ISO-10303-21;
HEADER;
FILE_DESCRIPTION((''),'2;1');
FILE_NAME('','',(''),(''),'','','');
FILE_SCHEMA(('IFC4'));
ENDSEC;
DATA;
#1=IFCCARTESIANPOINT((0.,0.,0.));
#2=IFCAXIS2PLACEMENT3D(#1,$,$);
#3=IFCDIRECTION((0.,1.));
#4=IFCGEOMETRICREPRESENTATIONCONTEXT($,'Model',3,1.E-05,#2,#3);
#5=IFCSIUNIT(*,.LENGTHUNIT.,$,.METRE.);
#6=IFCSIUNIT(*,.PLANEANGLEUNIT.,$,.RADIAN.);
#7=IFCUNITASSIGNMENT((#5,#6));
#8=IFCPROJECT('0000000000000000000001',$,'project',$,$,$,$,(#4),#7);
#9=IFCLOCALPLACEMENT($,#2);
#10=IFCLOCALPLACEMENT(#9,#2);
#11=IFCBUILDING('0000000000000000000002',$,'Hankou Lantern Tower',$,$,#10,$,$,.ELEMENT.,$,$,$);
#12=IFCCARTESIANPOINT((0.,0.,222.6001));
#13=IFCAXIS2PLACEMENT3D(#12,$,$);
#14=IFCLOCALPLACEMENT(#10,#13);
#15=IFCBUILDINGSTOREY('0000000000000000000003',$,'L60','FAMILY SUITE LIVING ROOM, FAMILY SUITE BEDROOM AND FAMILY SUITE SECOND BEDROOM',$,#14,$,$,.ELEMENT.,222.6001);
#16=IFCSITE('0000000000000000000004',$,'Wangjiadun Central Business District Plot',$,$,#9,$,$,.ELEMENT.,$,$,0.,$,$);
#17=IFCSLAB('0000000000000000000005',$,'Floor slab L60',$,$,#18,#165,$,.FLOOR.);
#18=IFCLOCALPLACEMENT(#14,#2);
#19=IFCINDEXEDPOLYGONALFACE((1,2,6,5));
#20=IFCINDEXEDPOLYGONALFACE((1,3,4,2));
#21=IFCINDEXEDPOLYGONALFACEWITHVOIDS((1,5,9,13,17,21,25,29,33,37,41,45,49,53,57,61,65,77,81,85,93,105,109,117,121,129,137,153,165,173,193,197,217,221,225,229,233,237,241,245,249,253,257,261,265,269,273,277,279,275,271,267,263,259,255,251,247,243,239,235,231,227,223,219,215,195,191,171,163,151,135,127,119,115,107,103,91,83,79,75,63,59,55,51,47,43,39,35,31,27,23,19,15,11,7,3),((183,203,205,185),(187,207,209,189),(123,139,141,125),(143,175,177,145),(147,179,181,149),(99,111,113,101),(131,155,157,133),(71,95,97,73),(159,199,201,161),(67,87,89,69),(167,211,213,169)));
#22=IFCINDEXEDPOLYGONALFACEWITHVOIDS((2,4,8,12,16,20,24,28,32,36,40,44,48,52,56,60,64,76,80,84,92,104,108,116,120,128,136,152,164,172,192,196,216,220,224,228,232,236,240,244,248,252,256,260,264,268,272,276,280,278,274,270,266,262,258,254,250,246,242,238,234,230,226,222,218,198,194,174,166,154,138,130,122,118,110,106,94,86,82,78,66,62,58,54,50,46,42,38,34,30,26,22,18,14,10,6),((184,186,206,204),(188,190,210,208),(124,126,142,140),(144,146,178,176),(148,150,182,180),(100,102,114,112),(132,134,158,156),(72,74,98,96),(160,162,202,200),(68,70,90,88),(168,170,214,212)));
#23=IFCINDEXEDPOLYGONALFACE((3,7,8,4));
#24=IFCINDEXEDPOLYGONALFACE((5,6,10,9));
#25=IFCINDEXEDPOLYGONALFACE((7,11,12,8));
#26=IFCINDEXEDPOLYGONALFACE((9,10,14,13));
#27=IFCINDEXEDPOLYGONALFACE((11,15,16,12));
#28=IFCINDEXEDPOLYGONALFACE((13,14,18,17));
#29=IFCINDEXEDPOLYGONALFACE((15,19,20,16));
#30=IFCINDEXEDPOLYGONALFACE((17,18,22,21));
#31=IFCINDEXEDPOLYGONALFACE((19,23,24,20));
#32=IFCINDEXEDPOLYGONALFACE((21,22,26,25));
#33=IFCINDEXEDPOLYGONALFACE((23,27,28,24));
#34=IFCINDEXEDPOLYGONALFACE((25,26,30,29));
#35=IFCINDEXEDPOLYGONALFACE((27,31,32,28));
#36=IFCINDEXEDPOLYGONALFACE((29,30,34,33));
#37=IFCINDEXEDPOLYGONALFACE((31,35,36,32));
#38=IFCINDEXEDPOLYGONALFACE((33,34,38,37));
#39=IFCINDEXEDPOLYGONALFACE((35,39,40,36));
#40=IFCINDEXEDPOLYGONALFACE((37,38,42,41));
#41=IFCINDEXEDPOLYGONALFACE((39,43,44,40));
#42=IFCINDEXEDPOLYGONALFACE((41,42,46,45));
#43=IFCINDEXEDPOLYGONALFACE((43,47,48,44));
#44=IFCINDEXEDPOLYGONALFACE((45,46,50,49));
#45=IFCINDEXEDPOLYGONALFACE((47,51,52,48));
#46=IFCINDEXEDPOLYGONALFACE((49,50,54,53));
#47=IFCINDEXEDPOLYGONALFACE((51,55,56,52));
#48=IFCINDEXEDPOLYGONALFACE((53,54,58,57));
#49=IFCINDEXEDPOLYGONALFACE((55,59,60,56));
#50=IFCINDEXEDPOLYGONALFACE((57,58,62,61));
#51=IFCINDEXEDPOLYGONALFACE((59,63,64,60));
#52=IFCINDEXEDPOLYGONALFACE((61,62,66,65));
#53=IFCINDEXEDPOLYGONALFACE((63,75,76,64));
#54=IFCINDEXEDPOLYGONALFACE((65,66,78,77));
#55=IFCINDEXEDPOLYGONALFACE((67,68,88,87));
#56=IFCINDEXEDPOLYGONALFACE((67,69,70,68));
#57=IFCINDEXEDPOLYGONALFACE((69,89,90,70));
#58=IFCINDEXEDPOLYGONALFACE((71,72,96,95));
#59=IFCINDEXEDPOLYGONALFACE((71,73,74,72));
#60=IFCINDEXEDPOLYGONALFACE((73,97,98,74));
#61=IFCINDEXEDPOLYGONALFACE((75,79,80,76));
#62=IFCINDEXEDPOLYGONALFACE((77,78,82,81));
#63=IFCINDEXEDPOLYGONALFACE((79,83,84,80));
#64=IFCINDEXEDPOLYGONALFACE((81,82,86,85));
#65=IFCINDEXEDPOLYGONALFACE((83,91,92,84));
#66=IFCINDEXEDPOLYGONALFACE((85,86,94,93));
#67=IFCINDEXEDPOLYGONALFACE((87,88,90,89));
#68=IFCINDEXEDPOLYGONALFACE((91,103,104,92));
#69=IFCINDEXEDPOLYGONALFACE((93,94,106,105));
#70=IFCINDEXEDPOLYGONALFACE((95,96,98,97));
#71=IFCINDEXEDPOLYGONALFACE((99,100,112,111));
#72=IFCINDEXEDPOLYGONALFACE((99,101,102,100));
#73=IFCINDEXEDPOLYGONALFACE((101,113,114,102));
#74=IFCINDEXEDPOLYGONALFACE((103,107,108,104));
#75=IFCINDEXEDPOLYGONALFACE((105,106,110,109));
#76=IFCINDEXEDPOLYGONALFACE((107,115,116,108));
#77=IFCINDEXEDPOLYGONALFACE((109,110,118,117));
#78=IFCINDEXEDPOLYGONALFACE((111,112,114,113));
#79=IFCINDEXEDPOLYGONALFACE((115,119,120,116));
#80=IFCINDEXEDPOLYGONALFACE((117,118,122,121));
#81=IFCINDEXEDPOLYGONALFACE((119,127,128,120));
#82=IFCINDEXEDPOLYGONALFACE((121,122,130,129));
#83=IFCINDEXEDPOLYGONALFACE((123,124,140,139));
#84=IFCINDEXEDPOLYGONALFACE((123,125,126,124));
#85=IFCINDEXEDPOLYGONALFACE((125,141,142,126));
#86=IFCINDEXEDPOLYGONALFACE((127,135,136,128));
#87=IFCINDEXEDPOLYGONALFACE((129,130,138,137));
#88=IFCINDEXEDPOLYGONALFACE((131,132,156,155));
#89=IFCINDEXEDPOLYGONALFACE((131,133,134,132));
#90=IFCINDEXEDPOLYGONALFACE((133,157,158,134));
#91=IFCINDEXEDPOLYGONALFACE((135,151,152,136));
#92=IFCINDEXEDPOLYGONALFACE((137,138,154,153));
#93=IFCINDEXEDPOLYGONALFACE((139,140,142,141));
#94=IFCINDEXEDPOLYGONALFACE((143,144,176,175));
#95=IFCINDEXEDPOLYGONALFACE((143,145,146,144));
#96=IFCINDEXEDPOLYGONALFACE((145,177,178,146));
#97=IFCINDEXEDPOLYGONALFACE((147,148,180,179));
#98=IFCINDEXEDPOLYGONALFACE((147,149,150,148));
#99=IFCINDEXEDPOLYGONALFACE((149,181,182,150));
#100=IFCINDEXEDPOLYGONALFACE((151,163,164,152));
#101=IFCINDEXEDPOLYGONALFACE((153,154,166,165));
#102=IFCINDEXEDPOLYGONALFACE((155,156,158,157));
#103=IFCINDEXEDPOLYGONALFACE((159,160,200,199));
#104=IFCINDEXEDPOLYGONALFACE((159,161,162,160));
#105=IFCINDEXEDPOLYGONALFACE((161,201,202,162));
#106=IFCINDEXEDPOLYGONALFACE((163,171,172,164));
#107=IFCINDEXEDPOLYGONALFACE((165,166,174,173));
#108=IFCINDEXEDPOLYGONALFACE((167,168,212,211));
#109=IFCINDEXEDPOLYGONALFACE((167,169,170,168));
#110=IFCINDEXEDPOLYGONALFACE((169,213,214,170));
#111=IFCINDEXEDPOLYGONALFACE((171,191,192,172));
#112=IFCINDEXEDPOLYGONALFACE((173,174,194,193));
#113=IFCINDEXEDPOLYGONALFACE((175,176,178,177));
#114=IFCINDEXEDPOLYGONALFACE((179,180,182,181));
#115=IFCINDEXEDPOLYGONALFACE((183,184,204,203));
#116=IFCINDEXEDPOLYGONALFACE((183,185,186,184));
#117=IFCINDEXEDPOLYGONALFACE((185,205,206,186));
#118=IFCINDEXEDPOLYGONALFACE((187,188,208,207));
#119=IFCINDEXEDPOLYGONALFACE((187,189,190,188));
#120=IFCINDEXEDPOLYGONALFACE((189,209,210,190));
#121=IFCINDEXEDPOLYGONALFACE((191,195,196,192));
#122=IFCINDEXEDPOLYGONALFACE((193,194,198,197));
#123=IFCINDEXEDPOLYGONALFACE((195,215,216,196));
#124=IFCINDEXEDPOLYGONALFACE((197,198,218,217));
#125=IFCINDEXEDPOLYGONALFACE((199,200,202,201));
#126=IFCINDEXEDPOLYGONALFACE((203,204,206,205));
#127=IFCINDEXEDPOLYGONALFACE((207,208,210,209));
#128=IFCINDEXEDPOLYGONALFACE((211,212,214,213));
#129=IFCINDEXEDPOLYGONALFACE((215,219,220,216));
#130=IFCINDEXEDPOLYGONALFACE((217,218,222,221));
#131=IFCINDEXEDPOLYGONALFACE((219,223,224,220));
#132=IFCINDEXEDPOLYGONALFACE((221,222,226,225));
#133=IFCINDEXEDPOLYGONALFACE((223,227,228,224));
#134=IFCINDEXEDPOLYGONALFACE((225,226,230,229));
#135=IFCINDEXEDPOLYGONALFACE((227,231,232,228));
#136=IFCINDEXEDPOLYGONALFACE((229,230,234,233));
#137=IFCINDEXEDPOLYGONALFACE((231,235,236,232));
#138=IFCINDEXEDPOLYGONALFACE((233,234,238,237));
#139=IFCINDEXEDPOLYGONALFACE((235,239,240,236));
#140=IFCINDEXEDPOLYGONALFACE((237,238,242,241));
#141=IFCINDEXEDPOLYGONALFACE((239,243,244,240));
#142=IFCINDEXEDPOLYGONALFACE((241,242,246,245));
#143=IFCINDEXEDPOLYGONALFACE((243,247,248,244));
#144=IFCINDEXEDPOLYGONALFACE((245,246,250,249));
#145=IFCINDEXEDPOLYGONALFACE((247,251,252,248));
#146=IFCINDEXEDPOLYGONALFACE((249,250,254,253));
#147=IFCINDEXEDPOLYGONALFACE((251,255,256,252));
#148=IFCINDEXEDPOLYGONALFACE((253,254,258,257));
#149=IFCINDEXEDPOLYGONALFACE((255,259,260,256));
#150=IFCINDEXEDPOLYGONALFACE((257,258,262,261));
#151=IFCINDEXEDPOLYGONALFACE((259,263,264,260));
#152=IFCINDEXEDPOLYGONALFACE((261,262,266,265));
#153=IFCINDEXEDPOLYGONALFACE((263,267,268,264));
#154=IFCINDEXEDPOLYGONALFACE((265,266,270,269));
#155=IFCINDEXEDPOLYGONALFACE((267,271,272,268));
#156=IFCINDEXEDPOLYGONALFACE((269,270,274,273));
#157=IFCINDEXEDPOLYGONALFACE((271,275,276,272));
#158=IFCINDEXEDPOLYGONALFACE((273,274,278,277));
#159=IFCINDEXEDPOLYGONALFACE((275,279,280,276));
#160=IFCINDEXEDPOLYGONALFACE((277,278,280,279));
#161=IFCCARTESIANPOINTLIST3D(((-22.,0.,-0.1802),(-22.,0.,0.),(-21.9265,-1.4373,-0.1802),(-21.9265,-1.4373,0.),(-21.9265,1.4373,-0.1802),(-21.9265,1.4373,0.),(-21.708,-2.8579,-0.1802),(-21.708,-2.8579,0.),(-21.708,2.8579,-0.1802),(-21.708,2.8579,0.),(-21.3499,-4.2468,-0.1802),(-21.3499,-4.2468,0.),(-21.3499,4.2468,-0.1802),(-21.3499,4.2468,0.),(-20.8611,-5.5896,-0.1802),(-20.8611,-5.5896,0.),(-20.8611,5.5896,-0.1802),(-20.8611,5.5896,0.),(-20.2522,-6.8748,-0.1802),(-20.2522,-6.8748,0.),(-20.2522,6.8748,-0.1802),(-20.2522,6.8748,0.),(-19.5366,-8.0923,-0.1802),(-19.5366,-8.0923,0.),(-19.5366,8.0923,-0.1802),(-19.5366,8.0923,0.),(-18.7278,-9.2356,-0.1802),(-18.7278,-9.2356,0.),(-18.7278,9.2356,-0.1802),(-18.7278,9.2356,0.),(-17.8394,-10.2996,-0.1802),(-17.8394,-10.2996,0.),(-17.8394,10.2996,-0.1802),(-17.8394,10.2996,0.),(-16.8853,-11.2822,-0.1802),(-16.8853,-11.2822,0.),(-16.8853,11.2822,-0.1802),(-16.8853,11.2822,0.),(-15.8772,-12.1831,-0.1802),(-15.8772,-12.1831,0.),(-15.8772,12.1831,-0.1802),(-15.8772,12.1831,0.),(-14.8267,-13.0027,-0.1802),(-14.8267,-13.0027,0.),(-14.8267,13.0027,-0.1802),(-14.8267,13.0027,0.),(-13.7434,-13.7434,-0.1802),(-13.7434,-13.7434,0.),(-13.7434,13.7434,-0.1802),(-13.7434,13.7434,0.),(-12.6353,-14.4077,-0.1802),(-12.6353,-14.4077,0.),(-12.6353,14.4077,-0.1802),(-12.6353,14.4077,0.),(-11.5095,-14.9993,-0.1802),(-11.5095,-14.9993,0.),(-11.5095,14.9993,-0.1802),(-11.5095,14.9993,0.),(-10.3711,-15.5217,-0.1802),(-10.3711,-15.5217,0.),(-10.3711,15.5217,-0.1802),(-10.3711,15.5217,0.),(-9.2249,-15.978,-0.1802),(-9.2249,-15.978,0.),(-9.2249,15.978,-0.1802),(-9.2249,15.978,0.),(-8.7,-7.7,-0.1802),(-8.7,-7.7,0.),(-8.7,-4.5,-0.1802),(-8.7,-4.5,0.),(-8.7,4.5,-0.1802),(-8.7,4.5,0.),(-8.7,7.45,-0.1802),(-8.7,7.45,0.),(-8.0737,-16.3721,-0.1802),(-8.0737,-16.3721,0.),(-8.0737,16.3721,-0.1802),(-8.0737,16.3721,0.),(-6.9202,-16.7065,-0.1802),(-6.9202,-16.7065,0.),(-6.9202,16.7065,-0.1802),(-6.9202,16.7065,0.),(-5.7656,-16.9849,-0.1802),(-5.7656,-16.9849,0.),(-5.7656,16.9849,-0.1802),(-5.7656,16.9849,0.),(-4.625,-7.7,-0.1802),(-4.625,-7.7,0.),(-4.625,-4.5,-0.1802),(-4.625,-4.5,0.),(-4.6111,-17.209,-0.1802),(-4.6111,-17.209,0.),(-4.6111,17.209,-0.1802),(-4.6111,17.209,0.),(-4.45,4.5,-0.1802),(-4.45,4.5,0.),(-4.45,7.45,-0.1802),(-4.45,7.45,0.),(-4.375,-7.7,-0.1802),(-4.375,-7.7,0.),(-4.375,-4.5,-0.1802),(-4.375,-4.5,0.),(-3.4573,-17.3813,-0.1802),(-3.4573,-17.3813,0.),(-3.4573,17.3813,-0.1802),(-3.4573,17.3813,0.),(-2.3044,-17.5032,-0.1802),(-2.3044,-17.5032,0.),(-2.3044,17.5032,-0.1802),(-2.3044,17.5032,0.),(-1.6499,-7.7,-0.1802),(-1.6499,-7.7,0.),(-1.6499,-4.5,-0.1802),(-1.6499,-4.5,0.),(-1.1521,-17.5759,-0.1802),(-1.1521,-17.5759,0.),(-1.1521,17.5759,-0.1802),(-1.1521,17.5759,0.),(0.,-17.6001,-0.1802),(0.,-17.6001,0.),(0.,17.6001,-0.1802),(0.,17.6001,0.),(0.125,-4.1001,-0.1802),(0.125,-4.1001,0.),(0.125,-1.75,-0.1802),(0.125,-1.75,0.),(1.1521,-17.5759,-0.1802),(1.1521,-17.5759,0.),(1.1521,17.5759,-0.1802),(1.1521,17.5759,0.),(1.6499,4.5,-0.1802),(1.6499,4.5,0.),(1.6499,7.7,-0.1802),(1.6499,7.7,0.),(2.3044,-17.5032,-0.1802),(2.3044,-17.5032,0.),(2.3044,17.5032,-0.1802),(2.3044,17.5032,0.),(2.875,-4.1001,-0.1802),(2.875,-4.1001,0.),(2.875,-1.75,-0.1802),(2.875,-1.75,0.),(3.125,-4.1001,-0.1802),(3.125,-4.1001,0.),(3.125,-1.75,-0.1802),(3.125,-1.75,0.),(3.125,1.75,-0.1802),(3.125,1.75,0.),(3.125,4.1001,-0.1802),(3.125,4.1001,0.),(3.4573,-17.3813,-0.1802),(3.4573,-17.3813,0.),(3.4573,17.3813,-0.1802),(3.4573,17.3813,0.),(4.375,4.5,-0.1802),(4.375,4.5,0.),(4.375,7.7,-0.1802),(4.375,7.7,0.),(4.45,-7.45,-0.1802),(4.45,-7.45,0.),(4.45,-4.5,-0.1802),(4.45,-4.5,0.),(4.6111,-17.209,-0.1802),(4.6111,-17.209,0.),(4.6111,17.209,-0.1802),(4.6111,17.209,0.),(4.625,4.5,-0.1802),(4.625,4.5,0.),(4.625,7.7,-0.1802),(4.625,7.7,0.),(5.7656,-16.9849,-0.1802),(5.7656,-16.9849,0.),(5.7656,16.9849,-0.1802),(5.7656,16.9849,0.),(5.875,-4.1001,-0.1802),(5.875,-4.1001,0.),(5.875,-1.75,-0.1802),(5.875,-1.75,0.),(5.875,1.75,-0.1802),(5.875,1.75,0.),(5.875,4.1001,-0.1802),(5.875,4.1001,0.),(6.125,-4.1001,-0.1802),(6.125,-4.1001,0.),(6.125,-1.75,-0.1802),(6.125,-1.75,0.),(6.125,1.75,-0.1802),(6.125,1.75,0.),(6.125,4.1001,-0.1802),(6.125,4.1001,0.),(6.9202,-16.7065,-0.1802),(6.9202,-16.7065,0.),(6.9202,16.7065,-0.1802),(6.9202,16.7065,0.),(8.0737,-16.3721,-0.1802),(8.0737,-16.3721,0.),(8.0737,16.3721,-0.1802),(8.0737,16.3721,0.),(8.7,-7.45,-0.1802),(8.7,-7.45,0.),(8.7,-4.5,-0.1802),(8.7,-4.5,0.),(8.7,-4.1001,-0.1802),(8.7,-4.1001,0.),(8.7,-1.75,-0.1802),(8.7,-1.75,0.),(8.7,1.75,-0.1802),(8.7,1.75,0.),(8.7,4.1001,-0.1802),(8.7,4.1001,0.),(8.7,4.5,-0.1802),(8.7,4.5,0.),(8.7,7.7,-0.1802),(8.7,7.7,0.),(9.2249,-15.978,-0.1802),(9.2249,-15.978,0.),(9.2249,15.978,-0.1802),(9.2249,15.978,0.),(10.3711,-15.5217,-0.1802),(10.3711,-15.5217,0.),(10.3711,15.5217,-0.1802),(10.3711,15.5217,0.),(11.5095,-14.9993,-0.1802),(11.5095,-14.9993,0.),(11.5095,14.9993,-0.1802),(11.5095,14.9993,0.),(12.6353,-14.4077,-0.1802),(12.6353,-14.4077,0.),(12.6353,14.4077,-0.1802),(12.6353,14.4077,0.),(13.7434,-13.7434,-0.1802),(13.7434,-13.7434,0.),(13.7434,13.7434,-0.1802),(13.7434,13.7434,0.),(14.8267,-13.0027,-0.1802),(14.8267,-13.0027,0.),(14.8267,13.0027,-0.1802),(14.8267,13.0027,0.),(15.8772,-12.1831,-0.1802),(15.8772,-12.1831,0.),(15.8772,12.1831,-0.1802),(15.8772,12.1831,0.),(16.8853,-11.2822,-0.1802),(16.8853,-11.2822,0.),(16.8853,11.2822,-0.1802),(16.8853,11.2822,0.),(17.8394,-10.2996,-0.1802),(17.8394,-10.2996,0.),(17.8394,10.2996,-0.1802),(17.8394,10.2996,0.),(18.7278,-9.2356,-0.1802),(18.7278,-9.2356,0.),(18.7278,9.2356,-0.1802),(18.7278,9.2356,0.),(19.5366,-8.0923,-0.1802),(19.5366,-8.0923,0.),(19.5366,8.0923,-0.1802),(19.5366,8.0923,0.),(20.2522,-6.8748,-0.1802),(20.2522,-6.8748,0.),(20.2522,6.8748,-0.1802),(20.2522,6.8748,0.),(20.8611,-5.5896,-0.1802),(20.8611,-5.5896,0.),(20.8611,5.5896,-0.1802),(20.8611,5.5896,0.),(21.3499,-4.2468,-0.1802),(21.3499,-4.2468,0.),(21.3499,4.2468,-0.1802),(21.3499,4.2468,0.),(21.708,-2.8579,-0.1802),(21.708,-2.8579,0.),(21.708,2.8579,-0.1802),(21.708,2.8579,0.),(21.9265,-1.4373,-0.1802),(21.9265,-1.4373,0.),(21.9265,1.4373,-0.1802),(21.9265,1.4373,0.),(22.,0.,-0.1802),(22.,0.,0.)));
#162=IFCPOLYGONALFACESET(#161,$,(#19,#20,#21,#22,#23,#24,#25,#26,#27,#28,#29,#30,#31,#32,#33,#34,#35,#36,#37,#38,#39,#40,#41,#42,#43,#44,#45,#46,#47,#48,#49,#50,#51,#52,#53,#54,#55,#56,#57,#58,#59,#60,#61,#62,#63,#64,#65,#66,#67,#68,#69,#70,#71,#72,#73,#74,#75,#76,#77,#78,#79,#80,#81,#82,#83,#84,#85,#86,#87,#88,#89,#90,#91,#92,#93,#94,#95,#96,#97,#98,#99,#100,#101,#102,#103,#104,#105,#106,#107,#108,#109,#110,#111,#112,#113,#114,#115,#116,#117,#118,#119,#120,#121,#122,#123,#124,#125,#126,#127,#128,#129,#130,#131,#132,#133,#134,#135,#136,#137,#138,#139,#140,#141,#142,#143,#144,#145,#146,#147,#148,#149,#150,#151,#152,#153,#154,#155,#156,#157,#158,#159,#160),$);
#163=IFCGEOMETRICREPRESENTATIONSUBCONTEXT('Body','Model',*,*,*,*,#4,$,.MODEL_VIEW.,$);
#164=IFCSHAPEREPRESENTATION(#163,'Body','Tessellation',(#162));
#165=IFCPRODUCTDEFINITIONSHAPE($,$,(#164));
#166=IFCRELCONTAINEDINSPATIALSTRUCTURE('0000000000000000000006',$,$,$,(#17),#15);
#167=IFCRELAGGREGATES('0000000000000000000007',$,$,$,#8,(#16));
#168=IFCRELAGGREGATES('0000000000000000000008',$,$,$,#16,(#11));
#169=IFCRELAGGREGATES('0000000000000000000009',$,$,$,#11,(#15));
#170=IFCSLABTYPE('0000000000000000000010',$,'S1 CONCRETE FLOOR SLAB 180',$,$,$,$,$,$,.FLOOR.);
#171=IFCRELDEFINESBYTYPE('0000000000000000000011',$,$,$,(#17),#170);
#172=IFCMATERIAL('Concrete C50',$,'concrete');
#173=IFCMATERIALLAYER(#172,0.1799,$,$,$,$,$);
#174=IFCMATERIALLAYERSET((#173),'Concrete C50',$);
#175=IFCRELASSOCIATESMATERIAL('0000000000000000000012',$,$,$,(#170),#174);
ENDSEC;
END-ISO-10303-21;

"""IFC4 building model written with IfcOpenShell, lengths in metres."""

from ifc_helpers import new_model, si_unit, direction, frame, origin, place, context, subcontext, project, spatial, polyline, outline, extrude, material, layer, layer_set, type_object, element, save


model = new_model("IFC4")

# Units and contexts
model_context = context("Model", 3, precision=1e-05, world=origin(), true_north=direction((0.0, 1.0)))
body_context = subcontext(model_context, "Body", "Model", "MODEL_VIEW")
ifc_project = project(units=[si_unit("LENGTHUNIT", "METRE"), si_unit("PLANEANGLEUNIT", "RADIAN")], contexts=[model_context])

# Site, building, storey
site_placement = place(None, origin())
site = spatial("IfcSite", under=ifc_project, at=site_placement, Name="Wangjiadun Central Business District Plot", CompositionType="ELEMENT", RefElevation=0.0)
building_placement = place(site_placement, origin())
building = spatial("IfcBuilding", under=site, at=building_placement, Name="Hankou Lantern Tower", CompositionType="ELEMENT")
storey_placement = place(building_placement, frame((0.0, 0.0, 222.6001)))
storey = spatial("IfcBuildingStorey", under=building, at=storey_placement, Name="L60", Description="FAMILY SUITE LIVING ROOM, FAMILY SUITE BEDROOM AND FAMILY SUITE SECOND BEDROOM", CompositionType="ELEMENT", Elevation=222.6001)

# Slab
ifc_material_1 = material(Name="Concrete C50", Category="concrete")
ifc_layer_1 = layer(ifc_material_1, 0.1799)
ifc_layer_set_1 = layer_set([ifc_layer_1], Name="Concrete C50")
slab_type = type_object("IfcSlabType", Name="S1 CONCRETE FLOOR SLAB 180", PredefinedType="FLOOR", material=ifc_layer_set_1)
slab_placement = place(storey_placement, frame((0.0, 0.0, -0.1802)))
element("IfcSlab", 1, at=slab_placement, inside=storey, type_object=slab_type, Name="Floor slab L60", PredefinedType="FLOOR", context=body_context, shape_type="SweptSolid", body=[
    extrude(outline(polyline([(22.0, 0.0), (21.9265, 1.4373), (21.708, 2.8579), (21.3499, 4.2468), (20.8611, 5.5896), (20.2522, 6.8748), (19.5366, 8.0923), (18.7278, 9.2356), (17.8394, 10.2996), (16.8853, 11.2822), (15.8772, 12.1831), (14.8267, 13.0027), (13.7434, 13.7434), (12.6353, 14.4077), (11.5095, 14.9993), (10.3711, 15.5217), (9.2249, 15.978), (8.0737, 16.3721), (6.9202, 16.7065), (5.7656, 16.9849), (4.6111, 17.209), (3.4573, 17.3813), (2.3044, 17.5032), (1.1521, 17.5759), (0.0, 17.6001), (-1.1521, 17.5759), (-2.3044, 17.5032), (-3.4573, 17.3813), (-4.6111, 17.209), (-5.7656, 16.9849), (-6.9202, 16.7065), (-8.0737, 16.3721), (-9.2249, 15.978), (-10.3711, 15.5217), (-11.5095, 14.9993), (-12.6353, 14.4077), (-13.7434, 13.7434), (-14.8267, 13.0027), (-15.8772, 12.1831), (-16.8853, 11.2822), (-17.8394, 10.2996), (-18.7278, 9.2356), (-19.5366, 8.0923), (-20.2522, 6.8748), (-20.8611, 5.5896), (-21.3499, 4.2468), (-21.708, 2.8579), (-21.9265, 1.4373), (-22.0, 0.0), (-21.9265, -1.4373), (-21.708, -2.8579), (-21.3499, -4.2468), (-20.8611, -5.5896), (-20.2522, -6.8748), (-19.5366, -8.0923), (-18.7278, -9.2356), (-17.8394, -10.2996), (-16.8853, -11.2822), (-15.8772, -12.1831), (-14.8267, -13.0027), (-13.7434, -13.7434), (-12.6353, -14.4077), (-11.5095, -14.9993), (-10.3711, -15.5217), (-9.2249, -15.978), (-8.0737, -16.3721), (-6.9202, -16.7065), (-5.7656, -16.9849), (-4.6111, -17.209), (-3.4573, -17.3813), (-2.3044, -17.5032), (-1.1521, -17.5759), (0.0, -17.6001), (1.1521, -17.5759), (2.3044, -17.5032), (3.4573, -17.3813), (4.6111, -17.209), (5.7656, -16.9849), (6.9202, -16.7065), (8.0737, -16.3721), (9.2249, -15.978), (10.3711, -15.5217), (11.5095, -14.9993), (12.6353, -14.4077), (13.7434, -13.7434), (14.8267, -13.0027), (15.8772, -12.1831), (16.8853, -11.2822), (17.8394, -10.2996), (18.7278, -9.2356), (19.5366, -8.0923), (20.2522, -6.8748), (20.8611, -5.5896), (21.3499, -4.2468), (21.708, -2.8579), (21.9265, -1.4373), (22.0, 0.0)]), holes=[polyline([(3.125, 4.1001), (5.875, 4.1001), (5.875, 1.75), (3.125, 1.75), (3.125, 4.1001)]), polyline([(6.125, 4.1001), (8.7, 4.1001), (8.7, 1.75), (6.125, 1.75), (6.125, 4.1001)]), polyline([(0.125, -1.75), (2.875, -1.75), (2.875, -4.1001), (0.125, -4.1001), (0.125, -1.75)]), polyline([(3.125, -1.75), (5.875, -1.75), (5.875, -4.1001), (3.125, -4.1001), (3.125, -1.75)]), polyline([(6.125, -1.75), (8.7, -1.75), (8.7, -4.1001), (6.125, -4.1001), (6.125, -1.75)]), polyline([(1.6499, 7.7), (4.375, 7.7), (4.375, 4.5), (1.6499, 4.5), (1.6499, 7.7)]), polyline([(-4.375, -4.5), (-1.6499, -4.5), (-1.6499, -7.7), (-4.375, -7.7), (-4.375, -4.5)]), polyline([(-8.7, 7.45), (-4.45, 7.45), (-4.45, 4.5), (-8.7, 4.5), (-8.7, 7.45)]), polyline([(4.45, -4.5), (8.7, -4.5), (8.7, -7.45), (4.45, -7.45), (4.45, -4.5)]), polyline([(4.625, 7.7), (8.7, 7.7), (8.7, 4.5), (4.625, 4.5), (4.625, 7.7)]), polyline([(-8.7, -4.5), (-4.625, -4.5), (-4.625, -7.7), (-8.7, -7.7), (-8.7, -4.5)])]), origin(), (0.0, 0.0, 1.0), 0.1802),
])

save(model, "model.ifc")
